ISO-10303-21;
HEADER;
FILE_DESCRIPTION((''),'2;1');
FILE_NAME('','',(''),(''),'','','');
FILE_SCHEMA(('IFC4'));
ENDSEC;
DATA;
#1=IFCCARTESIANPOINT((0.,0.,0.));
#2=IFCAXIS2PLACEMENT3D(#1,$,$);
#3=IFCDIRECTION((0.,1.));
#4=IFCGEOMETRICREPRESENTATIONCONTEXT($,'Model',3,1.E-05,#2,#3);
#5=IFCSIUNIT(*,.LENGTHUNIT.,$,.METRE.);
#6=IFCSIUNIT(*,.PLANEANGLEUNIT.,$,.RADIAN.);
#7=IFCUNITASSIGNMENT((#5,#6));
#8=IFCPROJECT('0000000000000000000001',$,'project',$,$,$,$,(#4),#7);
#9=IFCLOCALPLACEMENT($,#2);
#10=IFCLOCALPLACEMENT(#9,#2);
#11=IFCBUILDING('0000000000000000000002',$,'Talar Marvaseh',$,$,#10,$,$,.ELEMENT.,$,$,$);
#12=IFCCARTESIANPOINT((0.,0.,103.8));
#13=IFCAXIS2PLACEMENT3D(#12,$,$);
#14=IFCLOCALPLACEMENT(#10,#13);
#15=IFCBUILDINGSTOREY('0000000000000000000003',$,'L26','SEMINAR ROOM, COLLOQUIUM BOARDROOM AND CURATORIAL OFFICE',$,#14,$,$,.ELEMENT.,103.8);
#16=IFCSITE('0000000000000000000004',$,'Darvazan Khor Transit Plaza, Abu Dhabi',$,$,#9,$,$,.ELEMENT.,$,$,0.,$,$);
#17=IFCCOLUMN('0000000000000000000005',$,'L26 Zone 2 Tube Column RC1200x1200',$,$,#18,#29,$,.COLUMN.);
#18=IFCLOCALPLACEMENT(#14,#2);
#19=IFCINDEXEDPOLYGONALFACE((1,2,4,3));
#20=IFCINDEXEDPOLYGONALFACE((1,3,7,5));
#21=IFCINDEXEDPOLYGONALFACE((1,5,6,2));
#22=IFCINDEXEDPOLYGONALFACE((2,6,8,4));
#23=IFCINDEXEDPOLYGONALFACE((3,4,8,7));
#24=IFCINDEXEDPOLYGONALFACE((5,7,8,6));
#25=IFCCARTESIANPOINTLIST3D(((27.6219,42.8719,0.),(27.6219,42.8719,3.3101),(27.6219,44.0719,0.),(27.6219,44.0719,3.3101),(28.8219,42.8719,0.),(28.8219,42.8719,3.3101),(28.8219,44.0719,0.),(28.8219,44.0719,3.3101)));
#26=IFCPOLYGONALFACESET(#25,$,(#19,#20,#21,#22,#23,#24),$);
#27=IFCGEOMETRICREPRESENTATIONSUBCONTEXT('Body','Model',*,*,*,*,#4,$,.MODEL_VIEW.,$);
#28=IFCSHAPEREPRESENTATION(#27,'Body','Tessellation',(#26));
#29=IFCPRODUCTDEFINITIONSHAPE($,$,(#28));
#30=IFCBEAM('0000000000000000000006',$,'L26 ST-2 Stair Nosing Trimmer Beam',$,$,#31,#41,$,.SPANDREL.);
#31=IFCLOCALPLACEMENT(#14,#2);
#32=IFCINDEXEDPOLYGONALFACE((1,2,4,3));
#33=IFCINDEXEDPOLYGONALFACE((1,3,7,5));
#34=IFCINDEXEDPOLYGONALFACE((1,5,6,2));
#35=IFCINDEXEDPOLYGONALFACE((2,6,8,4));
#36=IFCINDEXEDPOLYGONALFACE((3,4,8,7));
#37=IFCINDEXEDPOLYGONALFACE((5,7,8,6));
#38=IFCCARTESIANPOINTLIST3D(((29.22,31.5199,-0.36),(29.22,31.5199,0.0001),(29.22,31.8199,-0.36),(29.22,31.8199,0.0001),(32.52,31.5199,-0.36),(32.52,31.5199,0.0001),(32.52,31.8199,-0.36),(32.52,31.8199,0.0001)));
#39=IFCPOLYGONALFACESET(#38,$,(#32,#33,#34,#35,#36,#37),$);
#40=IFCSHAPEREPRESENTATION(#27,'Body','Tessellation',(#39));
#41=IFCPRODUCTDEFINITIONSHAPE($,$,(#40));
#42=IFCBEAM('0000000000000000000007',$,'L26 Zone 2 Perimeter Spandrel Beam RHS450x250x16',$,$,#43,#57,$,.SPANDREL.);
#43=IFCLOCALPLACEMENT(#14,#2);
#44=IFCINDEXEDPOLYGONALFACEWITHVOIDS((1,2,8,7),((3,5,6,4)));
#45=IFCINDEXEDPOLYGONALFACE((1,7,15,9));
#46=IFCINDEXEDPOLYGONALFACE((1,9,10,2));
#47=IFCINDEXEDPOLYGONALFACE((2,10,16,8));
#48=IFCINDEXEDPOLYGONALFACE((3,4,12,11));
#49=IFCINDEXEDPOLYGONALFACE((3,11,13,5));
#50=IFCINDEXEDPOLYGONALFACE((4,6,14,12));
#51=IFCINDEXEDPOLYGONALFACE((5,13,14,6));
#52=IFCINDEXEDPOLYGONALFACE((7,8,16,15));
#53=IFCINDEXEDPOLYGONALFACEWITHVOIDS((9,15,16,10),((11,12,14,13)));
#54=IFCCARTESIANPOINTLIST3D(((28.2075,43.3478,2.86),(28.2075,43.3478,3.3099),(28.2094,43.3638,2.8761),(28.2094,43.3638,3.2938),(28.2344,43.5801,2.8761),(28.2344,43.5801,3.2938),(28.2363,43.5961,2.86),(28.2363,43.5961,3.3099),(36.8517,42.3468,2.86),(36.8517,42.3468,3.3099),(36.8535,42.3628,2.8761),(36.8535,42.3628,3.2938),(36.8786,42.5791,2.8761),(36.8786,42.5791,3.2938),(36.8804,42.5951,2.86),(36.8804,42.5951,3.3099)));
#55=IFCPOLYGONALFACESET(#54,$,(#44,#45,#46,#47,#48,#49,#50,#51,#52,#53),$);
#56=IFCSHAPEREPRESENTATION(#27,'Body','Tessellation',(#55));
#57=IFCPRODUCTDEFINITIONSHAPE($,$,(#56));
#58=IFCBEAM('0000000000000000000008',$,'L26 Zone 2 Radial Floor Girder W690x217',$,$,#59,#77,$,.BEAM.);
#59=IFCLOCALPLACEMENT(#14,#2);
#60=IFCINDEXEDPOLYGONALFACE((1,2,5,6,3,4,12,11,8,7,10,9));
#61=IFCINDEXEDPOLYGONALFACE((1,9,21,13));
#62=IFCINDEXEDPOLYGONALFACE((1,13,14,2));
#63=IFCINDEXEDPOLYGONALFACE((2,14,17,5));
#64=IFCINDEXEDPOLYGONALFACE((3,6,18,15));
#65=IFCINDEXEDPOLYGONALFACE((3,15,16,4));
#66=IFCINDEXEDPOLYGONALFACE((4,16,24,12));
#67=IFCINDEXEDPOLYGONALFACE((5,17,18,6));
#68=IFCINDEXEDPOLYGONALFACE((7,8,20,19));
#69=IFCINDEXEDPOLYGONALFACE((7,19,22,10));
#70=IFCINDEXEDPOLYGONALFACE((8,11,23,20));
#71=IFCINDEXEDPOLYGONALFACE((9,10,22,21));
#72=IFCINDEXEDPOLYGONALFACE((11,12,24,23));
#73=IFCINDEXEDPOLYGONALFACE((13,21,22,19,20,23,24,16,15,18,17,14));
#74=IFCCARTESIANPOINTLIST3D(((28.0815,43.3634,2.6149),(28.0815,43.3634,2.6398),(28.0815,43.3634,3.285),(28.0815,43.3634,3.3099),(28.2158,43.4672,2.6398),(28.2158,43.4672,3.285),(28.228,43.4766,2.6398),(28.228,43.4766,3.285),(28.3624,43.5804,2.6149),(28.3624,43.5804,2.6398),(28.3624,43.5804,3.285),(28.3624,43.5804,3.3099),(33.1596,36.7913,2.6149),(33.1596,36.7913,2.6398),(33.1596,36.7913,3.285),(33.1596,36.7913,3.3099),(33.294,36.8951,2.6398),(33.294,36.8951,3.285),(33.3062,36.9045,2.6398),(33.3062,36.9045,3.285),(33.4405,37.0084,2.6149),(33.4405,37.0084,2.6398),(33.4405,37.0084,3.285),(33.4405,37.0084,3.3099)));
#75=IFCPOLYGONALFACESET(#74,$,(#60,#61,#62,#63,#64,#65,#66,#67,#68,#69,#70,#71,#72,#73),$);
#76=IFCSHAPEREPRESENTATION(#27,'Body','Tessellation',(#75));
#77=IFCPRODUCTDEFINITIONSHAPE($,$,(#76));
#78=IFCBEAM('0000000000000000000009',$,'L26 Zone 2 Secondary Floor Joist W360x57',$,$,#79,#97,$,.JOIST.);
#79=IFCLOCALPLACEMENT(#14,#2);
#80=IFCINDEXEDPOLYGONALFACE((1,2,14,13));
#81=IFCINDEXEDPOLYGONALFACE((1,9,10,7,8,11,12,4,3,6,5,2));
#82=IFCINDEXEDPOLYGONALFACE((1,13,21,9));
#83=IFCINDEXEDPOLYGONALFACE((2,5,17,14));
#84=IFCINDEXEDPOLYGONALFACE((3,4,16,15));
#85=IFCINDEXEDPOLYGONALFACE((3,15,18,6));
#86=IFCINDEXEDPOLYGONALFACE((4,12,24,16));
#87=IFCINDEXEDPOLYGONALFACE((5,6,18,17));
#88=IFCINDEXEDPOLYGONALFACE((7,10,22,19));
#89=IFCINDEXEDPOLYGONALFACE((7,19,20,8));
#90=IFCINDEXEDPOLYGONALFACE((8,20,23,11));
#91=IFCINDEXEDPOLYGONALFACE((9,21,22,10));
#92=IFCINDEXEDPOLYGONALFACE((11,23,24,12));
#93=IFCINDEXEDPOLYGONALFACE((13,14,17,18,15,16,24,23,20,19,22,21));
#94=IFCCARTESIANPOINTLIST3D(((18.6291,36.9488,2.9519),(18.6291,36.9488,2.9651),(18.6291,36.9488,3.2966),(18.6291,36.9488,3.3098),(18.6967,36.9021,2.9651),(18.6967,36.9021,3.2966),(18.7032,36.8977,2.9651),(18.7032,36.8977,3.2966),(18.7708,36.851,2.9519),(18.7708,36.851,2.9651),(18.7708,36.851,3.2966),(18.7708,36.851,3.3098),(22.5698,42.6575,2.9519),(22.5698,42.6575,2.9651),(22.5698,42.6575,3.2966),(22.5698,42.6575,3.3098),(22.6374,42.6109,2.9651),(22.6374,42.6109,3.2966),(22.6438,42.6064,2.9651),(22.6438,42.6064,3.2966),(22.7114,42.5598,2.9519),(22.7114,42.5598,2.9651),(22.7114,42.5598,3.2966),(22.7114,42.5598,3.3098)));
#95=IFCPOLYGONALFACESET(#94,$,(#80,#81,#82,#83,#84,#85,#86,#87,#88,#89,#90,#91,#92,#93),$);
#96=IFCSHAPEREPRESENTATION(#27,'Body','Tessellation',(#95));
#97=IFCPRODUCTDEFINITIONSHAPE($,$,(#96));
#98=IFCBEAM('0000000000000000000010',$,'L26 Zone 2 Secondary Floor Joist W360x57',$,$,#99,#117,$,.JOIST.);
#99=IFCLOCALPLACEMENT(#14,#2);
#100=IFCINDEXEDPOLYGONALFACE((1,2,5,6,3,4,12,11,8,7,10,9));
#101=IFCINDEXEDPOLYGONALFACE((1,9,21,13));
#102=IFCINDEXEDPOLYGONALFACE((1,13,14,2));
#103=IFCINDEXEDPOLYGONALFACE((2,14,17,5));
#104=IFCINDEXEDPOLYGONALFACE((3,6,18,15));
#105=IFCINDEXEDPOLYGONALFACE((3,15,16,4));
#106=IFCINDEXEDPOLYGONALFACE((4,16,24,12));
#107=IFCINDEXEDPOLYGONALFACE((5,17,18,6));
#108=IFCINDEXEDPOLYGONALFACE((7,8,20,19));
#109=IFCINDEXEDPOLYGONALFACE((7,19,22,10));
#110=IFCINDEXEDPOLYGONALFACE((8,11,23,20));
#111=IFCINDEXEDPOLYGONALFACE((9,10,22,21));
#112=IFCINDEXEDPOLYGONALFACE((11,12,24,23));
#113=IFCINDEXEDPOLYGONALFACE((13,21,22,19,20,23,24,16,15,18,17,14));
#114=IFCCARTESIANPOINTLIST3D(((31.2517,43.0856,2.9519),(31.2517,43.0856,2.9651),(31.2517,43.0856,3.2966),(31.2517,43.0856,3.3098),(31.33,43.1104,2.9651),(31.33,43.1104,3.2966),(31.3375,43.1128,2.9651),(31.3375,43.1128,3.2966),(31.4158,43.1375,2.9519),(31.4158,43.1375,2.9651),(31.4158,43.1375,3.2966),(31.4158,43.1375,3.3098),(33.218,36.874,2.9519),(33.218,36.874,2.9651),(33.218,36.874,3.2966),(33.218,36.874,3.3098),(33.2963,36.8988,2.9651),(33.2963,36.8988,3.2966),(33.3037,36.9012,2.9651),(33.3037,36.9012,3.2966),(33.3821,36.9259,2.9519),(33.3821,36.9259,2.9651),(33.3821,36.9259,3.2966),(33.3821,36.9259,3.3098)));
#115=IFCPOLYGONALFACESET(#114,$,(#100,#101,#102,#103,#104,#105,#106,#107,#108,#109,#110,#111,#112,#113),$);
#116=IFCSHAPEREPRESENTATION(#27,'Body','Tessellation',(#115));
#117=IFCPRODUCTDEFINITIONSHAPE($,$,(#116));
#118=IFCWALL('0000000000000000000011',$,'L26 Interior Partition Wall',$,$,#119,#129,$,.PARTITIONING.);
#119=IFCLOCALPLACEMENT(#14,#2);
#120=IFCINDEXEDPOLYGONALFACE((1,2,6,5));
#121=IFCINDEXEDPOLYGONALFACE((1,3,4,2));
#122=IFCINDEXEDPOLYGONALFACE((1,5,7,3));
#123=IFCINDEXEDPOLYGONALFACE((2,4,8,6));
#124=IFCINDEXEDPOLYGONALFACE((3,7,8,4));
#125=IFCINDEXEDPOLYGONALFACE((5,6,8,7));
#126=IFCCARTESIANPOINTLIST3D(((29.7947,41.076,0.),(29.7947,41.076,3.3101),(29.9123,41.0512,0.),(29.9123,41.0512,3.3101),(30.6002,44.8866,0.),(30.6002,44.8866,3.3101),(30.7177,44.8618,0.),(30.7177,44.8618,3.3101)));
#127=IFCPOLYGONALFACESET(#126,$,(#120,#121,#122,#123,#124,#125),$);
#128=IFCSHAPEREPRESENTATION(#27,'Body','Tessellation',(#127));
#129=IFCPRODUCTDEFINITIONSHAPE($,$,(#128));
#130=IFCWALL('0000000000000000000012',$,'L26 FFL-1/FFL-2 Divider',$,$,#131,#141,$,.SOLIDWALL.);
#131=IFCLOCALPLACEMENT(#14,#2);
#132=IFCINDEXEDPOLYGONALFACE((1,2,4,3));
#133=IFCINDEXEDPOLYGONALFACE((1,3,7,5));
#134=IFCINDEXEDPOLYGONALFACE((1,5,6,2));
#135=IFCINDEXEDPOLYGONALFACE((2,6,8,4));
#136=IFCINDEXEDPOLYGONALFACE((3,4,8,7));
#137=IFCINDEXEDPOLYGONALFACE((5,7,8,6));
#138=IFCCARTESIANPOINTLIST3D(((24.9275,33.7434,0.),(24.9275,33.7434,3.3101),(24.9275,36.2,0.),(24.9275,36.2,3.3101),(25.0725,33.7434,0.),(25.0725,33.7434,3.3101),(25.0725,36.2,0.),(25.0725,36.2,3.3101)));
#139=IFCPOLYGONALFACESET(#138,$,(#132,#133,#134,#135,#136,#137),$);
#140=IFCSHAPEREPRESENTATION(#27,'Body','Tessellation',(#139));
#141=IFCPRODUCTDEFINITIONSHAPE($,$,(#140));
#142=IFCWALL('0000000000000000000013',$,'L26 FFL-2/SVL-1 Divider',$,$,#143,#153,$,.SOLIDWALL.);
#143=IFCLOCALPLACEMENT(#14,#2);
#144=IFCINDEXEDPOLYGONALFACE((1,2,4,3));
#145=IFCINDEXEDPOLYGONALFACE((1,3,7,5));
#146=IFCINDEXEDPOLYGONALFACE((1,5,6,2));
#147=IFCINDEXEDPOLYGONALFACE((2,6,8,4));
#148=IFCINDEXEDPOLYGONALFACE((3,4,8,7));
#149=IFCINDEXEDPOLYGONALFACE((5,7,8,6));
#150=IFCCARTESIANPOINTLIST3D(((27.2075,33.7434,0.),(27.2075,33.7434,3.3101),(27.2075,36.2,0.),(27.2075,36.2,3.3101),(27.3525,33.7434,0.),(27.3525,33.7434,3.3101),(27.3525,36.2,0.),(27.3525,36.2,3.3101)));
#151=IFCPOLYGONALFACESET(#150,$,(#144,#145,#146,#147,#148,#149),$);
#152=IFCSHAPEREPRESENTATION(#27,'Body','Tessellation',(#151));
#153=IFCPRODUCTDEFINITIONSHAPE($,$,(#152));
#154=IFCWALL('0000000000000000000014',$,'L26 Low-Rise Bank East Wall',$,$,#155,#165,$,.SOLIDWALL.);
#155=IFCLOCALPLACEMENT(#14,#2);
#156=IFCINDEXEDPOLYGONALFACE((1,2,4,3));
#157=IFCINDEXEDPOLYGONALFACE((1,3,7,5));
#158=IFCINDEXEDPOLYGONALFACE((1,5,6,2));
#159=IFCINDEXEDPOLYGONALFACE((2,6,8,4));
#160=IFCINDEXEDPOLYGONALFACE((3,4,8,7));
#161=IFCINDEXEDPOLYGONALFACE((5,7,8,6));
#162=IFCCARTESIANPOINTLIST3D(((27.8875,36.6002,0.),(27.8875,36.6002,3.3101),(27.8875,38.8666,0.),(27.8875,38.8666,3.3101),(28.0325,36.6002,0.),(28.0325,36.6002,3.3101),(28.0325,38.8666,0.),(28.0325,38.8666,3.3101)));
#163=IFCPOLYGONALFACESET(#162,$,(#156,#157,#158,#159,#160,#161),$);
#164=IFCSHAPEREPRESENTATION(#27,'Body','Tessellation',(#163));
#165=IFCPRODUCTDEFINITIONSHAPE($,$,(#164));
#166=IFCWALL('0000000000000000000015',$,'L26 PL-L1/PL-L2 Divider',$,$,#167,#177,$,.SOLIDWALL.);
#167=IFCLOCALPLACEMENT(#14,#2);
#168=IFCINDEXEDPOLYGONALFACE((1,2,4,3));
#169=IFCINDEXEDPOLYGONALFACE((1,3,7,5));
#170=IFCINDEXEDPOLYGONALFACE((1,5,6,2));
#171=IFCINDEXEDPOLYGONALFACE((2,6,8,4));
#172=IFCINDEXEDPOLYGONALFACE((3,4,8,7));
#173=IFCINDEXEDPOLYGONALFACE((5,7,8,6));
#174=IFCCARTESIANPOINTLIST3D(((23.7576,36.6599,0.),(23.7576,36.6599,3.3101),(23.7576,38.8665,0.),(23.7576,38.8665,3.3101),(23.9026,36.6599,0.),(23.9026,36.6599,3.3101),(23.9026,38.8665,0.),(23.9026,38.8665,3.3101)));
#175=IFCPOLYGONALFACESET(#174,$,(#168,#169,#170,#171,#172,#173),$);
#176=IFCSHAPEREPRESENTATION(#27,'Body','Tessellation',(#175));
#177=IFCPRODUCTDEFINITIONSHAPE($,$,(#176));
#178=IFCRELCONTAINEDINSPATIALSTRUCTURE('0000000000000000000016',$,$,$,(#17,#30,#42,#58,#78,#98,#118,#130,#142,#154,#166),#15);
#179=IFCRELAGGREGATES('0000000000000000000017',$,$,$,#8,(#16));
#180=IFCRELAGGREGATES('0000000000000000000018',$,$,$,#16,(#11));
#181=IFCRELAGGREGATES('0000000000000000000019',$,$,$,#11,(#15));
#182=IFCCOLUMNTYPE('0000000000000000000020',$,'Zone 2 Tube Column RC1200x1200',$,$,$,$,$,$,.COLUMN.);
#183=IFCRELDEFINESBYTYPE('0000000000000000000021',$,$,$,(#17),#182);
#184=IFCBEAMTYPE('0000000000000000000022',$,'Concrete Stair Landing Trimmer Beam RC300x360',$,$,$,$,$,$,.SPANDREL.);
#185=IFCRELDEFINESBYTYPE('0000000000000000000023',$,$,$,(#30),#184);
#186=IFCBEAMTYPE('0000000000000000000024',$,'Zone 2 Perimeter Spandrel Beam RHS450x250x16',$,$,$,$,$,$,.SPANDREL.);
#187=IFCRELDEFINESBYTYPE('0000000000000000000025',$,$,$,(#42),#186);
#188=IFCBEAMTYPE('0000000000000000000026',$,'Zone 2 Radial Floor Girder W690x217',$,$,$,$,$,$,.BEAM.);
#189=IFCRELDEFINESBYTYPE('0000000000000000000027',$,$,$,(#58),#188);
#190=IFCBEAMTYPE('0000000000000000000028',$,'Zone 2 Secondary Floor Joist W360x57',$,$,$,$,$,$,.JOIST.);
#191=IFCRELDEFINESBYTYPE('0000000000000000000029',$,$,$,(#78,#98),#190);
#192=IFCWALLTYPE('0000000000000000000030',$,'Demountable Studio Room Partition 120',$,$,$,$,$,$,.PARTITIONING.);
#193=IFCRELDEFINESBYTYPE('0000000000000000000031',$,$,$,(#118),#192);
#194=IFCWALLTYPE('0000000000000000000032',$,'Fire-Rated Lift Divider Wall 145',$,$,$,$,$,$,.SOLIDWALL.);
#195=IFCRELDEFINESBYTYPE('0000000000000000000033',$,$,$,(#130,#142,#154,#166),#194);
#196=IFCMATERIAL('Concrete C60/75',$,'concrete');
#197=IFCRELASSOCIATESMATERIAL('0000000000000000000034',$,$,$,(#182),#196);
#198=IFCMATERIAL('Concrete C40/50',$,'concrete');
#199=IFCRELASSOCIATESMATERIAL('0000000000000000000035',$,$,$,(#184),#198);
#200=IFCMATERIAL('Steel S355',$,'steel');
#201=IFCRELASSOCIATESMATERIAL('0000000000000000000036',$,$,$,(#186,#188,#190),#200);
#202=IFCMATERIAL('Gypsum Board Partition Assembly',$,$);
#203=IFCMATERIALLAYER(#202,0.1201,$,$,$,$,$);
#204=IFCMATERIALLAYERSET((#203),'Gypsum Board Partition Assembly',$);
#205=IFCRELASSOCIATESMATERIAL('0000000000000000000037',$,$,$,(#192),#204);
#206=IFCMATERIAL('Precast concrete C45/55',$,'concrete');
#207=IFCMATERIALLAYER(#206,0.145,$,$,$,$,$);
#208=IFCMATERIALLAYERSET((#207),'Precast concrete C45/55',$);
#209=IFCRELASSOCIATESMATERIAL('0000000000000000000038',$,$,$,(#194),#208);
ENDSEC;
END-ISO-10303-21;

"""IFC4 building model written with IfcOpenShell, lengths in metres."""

from ifc_helpers import new_model, si_unit, direction, frame, frame_2d, origin, origin_2d, place, context, subcontext, project, spatial, rectangle, hollow_rectangle, i_section, extrude, material, layer, layer_set, material_profile, profile_set, type_object, element, save


model = new_model("IFC4")

# Units and contexts
model_context = context("Model", 3, precision=1e-05, world=origin(), true_north=direction((0.0, 1.0)))
body_context = subcontext(model_context, "Body", "Model", "MODEL_VIEW")
ifc_project = project(units=[si_unit("LENGTHUNIT", "METRE"), si_unit("PLANEANGLEUNIT", "RADIAN")], contexts=[model_context])

# Site, building, storey
site_placement = place(None, origin())
site = spatial("IfcSite", under=ifc_project, at=site_placement, Name="Darvazan Khor Transit Plaza, Abu Dhabi", CompositionType="ELEMENT", RefElevation=0.0)
building_placement = place(site_placement, origin())
building = spatial("IfcBuilding", under=site, at=building_placement, Name="Talar Marvaseh", CompositionType="ELEMENT")
storey_placement = place(building_placement, frame((0.0, 0.0, 103.8)))
storey = spatial("IfcBuildingStorey", under=building, at=storey_placement, Name="L26", Description="SEMINAR ROOM, COLLOQUIUM BOARDROOM AND CURATORIAL OFFICE", CompositionType="ELEMENT", Elevation=103.8)

# Column
ifc_material_1 = material(Name="Concrete C60/75", Category="concrete")
ifc_material_profile_1 = material_profile(ifc_material_1, rectangle(XDim=1.2, YDim=1.2, at=origin_2d()), Name="RC1200x1200")
ifc_profile_set_1 = profile_set([ifc_material_profile_1], Name="Concrete C60/75")
column_type = type_object("IfcColumnType", Name="Zone 2 Tube Column RC1200x1200", PredefinedType="COLUMN", material=ifc_profile_set_1)
column_placement = place(storey_placement, frame((28.2219, 43.4719, 0.0), z_axis=(0.0, 0.0, 1.0), x_axis=(1.0, 0.0, 0.0)))
element("IfcColumn", 1, at=column_placement, inside=storey, type_object=column_type, Name="L26 Zone 2 Tube Column RC1200x1200", PredefinedType="COLUMN", context=body_context, shape_type="SweptSolid", body=[
    extrude(rectangle(XDim=1.2, YDim=1.2, at=origin_2d()), origin(), (0.0, 0.0, 1.0), 3.3101),
])

# Beams
ifc_material_2 = material(Name="Concrete C40/50", Category="concrete")
ifc_material_profile_2 = material_profile(ifc_material_2, rectangle(XDim=0.3, YDim=0.3601, at=origin_2d()), Name="RC300x360")
ifc_profile_set_2 = profile_set([ifc_material_profile_2], Name="Concrete C40/50")
beam_type_1 = type_object("IfcBeamType", Name="Concrete Stair Landing Trimmer Beam RC300x360", PredefinedType="SPANDREL", material=ifc_profile_set_2)
beam_1_placement = place(storey_placement, frame((29.22, 31.6699, -0.1799), z_axis=(1.0, 0.0, 0.0), x_axis=(0.0, 1.0, 0.0)))
element("IfcBeam", 2, at=beam_1_placement, inside=storey, type_object=beam_type_1, Name="L26 ST-2 Stair Nosing Trimmer Beam", PredefinedType="SPANDREL", context=body_context, shape_type="SweptSolid", body=[
    extrude(rectangle(XDim=0.3, YDim=0.3601, at=origin_2d()), origin(), (0.0, 0.0, 1.0), 3.3),
])
ifc_material_3 = material(Name="Steel S355", Category="steel")
ifc_material_profile_3 = material_profile(ifc_material_3, hollow_rectangle(XDim=0.25, YDim=0.45, WallThickness=0.0161, at=origin_2d()), Name="RHS450x250x16")
ifc_profile_set_3 = profile_set([ifc_material_profile_3], Name="Steel S355")
beam_type_2 = type_object("IfcBeamType", Name="Zone 2 Perimeter Spandrel Beam RHS450x250x16", PredefinedType="SPANDREL", material=ifc_profile_set_3)
beam_2_placement = place(storey_placement, frame((28.2219, 43.4719, 3.085), z_axis=(0.993362, -0.115031, 0.0), x_axis=(0.115031, 0.993362, 0.0)))
element("IfcBeam", 3, at=beam_2_placement, inside=storey, type_object=beam_type_2, Name="L26 Zone 2 Perimeter Spandrel Beam RHS450x250x16", PredefinedType="SPANDREL", context=body_context, shape_type="SweptSolid", body=[
    extrude(hollow_rectangle(XDim=0.25, YDim=0.45, WallThickness=0.0161, at=origin_2d()), origin(), (0.0, 0.0, 1.0), 8.7019),
])
ifc_material_profile_4 = material_profile(ifc_material_3, i_section(OverallWidth=0.355, OverallDepth=0.6951, WebThickness=0.0154, FlangeThickness=0.0249, at=origin_2d()), Name="W690x217")
ifc_profile_set_4 = profile_set([ifc_material_profile_4], Name="Steel S355")
beam_type_3 = type_object("IfcBeamType", Name="Zone 2 Radial Floor Girder W690x217", PredefinedType="BEAM", material=ifc_profile_set_4)
beam_3_placement = place(storey_placement, frame((28.2219, 43.4719, 2.9624), z_axis=(0.611428, -0.7913, 0.0), x_axis=(0.7913, 0.611428, 0.0)))
element("IfcBeam", 4, at=beam_3_placement, inside=storey, type_object=beam_type_3, Name="L26 Zone 2 Radial Floor Girder W690x217", PredefinedType="BEAM", context=body_context, shape_type="SweptSolid", body=[
    extrude(i_section(OverallWidth=0.355, OverallDepth=0.6951, WebThickness=0.0154, FlangeThickness=0.0249, at=origin_2d()), origin(), (0.0, 0.0, 1.0), 8.3054),
])
ifc_material_profile_5 = material_profile(ifc_material_3, i_section(OverallWidth=0.1721, OverallDepth=0.3579, WebThickness=0.0078, FlangeThickness=0.0132, at=origin_2d()), Name="W360x57")
ifc_profile_set_5 = profile_set([ifc_material_profile_5], Name="Steel S355")
beam_type_4 = type_object("IfcBeamType", Name="Zone 2 Secondary Floor Joist W360x57", PredefinedType="JOIST", material=ifc_profile_set_5)
beam_4_placement = place(storey_placement, frame((22.6406, 42.6086, 3.1309), z_axis=(-0.568086, -0.822969, 0.0), x_axis=(0.822969, -0.568086, 0.0)))
element("IfcBeam", 5, at=beam_4_placement, inside=storey, type_object=beam_type_4, Name="L26 Zone 2 Secondary Floor Joist W360x57", PredefinedType="JOIST", context=body_context, shape_type="SweptSolid", body=[
    extrude(i_section(OverallWidth=0.1721, OverallDepth=0.3579, WebThickness=0.0078, FlangeThickness=0.0132, at=origin_2d()), origin(), (0.0, 0.0, 1.0), 6.9368),
])
beam_5_placement = place(storey_placement, frame((31.3337, 43.1116, 3.1309), z_axis=(0.301791, -0.953374, 0.0), x_axis=(0.953374, 0.301791, 0.0)))
element("IfcBeam", 6, at=beam_5_placement, inside=storey, type_object=beam_type_4, Name="L26 Zone 2 Secondary Floor Joist W360x57", PredefinedType="JOIST", context=body_context, shape_type="SweptSolid", body=[
    extrude(i_section(OverallWidth=0.1721, OverallDepth=0.3579, WebThickness=0.0078, FlangeThickness=0.0132, at=origin_2d()), origin(), (0.0, 0.0, 1.0), 6.5154),
])

# Walls
ifc_material_4 = material(Name="Gypsum Board Partition Assembly")
ifc_layer_1 = layer(ifc_material_4, 0.1201)
ifc_layer_set_1 = layer_set([ifc_layer_1], Name="Gypsum Board Partition Assembly")
wall_type_1 = type_object("IfcWallType", Name="Demountable Studio Room Partition 120", PredefinedType="PARTITIONING", material=ifc_layer_set_1)
wall_1_placement = place(storey_placement, frame((29.8535, 41.0637, 0.0), z_axis=(0.0, 0.0, 1.0), x_axis=(0.206797, 0.978384, 0.0)))
element("IfcWall", 7, at=wall_1_placement, inside=storey, type_object=wall_type_1, Name="L26 Interior Partition Wall", PredefinedType="PARTITIONING", context=body_context, shape_type="SweptSolid", body=[
    extrude(rectangle(XDim=3.8948, YDim=0.1201, at=frame_2d((1.9473, 0.0))), origin(), (0.0, 0.0, 1.0), 3.3101),
])
ifc_material_5 = material(Name="Precast concrete C45/55", Category="concrete")
ifc_layer_2 = layer(ifc_material_5, 0.145)
ifc_layer_set_2 = layer_set([ifc_layer_2], Name="Precast concrete C45/55")
wall_type_2 = type_object("IfcWallType", Name="Fire-Rated Lift Divider Wall 145", PredefinedType="SOLIDWALL", material=ifc_layer_set_2)
for number, where, z_axis, x_axis, name in (
    (8, (25.0, 33.7434, 0.0), (0.0, 0.0, 1.0), (0.0, 1.0, 0.0), "L26 FFL-1/FFL-2 Divider"),
    (9, (27.28, 33.7434, 0.0), (0.0, 0.0, 1.0), (0.0, 1.0, 0.0), "L26 FFL-2/SVL-1 Divider"),
):
    element("IfcWall", number, at=place(storey_placement, frame(where, z_axis=z_axis, x_axis=x_axis)), inside=storey, type_object=wall_type_2, Name=name, PredefinedType="SOLIDWALL", context=body_context, shape_type="SweptSolid", body=[
        extrude(rectangle(XDim=2.4565, YDim=0.145, at=frame_2d((1.2283, 0.0))), origin(), (0.0, 0.0, 1.0), 3.3101),
    ])
wall_2_placement = place(storey_placement, frame((27.96, 36.6001, 0.0), z_axis=(0.0, 0.0, 1.0), x_axis=(0.0, 1.0, 0.0)))
element("IfcWall", 10, at=wall_2_placement, inside=storey, type_object=wall_type_2, Name="L26 Low-Rise Bank East Wall", PredefinedType="SOLIDWALL", context=body_context, shape_type="SweptSolid", body=[
    extrude(rectangle(XDim=2.2664, YDim=0.145, at=frame_2d((1.1333, 0.0))), origin(), (0.0, 0.0, 1.0), 3.3101),
])
for number, where, z_axis, x_axis, name in (
    (11, (23.8301, 36.6599, 0.0), (0.0, 0.0, 1.0), (0.0, 1.0, 0.0), "L26 PL-L1/PL-L2 Divider"),
):
    element("IfcWall", number, at=place(storey_placement, frame(where, z_axis=z_axis, x_axis=x_axis)), inside=storey, type_object=wall_type_2, Name=name, PredefinedType="SOLIDWALL", context=body_context, shape_type="SweptSolid", body=[
        extrude(rectangle(XDim=2.2065, YDim=0.145, at=frame_2d((1.1033, 0.0))), origin(), (0.0, 0.0, 1.0), 3.3101),
    ])

save(model, "model.ifc")
